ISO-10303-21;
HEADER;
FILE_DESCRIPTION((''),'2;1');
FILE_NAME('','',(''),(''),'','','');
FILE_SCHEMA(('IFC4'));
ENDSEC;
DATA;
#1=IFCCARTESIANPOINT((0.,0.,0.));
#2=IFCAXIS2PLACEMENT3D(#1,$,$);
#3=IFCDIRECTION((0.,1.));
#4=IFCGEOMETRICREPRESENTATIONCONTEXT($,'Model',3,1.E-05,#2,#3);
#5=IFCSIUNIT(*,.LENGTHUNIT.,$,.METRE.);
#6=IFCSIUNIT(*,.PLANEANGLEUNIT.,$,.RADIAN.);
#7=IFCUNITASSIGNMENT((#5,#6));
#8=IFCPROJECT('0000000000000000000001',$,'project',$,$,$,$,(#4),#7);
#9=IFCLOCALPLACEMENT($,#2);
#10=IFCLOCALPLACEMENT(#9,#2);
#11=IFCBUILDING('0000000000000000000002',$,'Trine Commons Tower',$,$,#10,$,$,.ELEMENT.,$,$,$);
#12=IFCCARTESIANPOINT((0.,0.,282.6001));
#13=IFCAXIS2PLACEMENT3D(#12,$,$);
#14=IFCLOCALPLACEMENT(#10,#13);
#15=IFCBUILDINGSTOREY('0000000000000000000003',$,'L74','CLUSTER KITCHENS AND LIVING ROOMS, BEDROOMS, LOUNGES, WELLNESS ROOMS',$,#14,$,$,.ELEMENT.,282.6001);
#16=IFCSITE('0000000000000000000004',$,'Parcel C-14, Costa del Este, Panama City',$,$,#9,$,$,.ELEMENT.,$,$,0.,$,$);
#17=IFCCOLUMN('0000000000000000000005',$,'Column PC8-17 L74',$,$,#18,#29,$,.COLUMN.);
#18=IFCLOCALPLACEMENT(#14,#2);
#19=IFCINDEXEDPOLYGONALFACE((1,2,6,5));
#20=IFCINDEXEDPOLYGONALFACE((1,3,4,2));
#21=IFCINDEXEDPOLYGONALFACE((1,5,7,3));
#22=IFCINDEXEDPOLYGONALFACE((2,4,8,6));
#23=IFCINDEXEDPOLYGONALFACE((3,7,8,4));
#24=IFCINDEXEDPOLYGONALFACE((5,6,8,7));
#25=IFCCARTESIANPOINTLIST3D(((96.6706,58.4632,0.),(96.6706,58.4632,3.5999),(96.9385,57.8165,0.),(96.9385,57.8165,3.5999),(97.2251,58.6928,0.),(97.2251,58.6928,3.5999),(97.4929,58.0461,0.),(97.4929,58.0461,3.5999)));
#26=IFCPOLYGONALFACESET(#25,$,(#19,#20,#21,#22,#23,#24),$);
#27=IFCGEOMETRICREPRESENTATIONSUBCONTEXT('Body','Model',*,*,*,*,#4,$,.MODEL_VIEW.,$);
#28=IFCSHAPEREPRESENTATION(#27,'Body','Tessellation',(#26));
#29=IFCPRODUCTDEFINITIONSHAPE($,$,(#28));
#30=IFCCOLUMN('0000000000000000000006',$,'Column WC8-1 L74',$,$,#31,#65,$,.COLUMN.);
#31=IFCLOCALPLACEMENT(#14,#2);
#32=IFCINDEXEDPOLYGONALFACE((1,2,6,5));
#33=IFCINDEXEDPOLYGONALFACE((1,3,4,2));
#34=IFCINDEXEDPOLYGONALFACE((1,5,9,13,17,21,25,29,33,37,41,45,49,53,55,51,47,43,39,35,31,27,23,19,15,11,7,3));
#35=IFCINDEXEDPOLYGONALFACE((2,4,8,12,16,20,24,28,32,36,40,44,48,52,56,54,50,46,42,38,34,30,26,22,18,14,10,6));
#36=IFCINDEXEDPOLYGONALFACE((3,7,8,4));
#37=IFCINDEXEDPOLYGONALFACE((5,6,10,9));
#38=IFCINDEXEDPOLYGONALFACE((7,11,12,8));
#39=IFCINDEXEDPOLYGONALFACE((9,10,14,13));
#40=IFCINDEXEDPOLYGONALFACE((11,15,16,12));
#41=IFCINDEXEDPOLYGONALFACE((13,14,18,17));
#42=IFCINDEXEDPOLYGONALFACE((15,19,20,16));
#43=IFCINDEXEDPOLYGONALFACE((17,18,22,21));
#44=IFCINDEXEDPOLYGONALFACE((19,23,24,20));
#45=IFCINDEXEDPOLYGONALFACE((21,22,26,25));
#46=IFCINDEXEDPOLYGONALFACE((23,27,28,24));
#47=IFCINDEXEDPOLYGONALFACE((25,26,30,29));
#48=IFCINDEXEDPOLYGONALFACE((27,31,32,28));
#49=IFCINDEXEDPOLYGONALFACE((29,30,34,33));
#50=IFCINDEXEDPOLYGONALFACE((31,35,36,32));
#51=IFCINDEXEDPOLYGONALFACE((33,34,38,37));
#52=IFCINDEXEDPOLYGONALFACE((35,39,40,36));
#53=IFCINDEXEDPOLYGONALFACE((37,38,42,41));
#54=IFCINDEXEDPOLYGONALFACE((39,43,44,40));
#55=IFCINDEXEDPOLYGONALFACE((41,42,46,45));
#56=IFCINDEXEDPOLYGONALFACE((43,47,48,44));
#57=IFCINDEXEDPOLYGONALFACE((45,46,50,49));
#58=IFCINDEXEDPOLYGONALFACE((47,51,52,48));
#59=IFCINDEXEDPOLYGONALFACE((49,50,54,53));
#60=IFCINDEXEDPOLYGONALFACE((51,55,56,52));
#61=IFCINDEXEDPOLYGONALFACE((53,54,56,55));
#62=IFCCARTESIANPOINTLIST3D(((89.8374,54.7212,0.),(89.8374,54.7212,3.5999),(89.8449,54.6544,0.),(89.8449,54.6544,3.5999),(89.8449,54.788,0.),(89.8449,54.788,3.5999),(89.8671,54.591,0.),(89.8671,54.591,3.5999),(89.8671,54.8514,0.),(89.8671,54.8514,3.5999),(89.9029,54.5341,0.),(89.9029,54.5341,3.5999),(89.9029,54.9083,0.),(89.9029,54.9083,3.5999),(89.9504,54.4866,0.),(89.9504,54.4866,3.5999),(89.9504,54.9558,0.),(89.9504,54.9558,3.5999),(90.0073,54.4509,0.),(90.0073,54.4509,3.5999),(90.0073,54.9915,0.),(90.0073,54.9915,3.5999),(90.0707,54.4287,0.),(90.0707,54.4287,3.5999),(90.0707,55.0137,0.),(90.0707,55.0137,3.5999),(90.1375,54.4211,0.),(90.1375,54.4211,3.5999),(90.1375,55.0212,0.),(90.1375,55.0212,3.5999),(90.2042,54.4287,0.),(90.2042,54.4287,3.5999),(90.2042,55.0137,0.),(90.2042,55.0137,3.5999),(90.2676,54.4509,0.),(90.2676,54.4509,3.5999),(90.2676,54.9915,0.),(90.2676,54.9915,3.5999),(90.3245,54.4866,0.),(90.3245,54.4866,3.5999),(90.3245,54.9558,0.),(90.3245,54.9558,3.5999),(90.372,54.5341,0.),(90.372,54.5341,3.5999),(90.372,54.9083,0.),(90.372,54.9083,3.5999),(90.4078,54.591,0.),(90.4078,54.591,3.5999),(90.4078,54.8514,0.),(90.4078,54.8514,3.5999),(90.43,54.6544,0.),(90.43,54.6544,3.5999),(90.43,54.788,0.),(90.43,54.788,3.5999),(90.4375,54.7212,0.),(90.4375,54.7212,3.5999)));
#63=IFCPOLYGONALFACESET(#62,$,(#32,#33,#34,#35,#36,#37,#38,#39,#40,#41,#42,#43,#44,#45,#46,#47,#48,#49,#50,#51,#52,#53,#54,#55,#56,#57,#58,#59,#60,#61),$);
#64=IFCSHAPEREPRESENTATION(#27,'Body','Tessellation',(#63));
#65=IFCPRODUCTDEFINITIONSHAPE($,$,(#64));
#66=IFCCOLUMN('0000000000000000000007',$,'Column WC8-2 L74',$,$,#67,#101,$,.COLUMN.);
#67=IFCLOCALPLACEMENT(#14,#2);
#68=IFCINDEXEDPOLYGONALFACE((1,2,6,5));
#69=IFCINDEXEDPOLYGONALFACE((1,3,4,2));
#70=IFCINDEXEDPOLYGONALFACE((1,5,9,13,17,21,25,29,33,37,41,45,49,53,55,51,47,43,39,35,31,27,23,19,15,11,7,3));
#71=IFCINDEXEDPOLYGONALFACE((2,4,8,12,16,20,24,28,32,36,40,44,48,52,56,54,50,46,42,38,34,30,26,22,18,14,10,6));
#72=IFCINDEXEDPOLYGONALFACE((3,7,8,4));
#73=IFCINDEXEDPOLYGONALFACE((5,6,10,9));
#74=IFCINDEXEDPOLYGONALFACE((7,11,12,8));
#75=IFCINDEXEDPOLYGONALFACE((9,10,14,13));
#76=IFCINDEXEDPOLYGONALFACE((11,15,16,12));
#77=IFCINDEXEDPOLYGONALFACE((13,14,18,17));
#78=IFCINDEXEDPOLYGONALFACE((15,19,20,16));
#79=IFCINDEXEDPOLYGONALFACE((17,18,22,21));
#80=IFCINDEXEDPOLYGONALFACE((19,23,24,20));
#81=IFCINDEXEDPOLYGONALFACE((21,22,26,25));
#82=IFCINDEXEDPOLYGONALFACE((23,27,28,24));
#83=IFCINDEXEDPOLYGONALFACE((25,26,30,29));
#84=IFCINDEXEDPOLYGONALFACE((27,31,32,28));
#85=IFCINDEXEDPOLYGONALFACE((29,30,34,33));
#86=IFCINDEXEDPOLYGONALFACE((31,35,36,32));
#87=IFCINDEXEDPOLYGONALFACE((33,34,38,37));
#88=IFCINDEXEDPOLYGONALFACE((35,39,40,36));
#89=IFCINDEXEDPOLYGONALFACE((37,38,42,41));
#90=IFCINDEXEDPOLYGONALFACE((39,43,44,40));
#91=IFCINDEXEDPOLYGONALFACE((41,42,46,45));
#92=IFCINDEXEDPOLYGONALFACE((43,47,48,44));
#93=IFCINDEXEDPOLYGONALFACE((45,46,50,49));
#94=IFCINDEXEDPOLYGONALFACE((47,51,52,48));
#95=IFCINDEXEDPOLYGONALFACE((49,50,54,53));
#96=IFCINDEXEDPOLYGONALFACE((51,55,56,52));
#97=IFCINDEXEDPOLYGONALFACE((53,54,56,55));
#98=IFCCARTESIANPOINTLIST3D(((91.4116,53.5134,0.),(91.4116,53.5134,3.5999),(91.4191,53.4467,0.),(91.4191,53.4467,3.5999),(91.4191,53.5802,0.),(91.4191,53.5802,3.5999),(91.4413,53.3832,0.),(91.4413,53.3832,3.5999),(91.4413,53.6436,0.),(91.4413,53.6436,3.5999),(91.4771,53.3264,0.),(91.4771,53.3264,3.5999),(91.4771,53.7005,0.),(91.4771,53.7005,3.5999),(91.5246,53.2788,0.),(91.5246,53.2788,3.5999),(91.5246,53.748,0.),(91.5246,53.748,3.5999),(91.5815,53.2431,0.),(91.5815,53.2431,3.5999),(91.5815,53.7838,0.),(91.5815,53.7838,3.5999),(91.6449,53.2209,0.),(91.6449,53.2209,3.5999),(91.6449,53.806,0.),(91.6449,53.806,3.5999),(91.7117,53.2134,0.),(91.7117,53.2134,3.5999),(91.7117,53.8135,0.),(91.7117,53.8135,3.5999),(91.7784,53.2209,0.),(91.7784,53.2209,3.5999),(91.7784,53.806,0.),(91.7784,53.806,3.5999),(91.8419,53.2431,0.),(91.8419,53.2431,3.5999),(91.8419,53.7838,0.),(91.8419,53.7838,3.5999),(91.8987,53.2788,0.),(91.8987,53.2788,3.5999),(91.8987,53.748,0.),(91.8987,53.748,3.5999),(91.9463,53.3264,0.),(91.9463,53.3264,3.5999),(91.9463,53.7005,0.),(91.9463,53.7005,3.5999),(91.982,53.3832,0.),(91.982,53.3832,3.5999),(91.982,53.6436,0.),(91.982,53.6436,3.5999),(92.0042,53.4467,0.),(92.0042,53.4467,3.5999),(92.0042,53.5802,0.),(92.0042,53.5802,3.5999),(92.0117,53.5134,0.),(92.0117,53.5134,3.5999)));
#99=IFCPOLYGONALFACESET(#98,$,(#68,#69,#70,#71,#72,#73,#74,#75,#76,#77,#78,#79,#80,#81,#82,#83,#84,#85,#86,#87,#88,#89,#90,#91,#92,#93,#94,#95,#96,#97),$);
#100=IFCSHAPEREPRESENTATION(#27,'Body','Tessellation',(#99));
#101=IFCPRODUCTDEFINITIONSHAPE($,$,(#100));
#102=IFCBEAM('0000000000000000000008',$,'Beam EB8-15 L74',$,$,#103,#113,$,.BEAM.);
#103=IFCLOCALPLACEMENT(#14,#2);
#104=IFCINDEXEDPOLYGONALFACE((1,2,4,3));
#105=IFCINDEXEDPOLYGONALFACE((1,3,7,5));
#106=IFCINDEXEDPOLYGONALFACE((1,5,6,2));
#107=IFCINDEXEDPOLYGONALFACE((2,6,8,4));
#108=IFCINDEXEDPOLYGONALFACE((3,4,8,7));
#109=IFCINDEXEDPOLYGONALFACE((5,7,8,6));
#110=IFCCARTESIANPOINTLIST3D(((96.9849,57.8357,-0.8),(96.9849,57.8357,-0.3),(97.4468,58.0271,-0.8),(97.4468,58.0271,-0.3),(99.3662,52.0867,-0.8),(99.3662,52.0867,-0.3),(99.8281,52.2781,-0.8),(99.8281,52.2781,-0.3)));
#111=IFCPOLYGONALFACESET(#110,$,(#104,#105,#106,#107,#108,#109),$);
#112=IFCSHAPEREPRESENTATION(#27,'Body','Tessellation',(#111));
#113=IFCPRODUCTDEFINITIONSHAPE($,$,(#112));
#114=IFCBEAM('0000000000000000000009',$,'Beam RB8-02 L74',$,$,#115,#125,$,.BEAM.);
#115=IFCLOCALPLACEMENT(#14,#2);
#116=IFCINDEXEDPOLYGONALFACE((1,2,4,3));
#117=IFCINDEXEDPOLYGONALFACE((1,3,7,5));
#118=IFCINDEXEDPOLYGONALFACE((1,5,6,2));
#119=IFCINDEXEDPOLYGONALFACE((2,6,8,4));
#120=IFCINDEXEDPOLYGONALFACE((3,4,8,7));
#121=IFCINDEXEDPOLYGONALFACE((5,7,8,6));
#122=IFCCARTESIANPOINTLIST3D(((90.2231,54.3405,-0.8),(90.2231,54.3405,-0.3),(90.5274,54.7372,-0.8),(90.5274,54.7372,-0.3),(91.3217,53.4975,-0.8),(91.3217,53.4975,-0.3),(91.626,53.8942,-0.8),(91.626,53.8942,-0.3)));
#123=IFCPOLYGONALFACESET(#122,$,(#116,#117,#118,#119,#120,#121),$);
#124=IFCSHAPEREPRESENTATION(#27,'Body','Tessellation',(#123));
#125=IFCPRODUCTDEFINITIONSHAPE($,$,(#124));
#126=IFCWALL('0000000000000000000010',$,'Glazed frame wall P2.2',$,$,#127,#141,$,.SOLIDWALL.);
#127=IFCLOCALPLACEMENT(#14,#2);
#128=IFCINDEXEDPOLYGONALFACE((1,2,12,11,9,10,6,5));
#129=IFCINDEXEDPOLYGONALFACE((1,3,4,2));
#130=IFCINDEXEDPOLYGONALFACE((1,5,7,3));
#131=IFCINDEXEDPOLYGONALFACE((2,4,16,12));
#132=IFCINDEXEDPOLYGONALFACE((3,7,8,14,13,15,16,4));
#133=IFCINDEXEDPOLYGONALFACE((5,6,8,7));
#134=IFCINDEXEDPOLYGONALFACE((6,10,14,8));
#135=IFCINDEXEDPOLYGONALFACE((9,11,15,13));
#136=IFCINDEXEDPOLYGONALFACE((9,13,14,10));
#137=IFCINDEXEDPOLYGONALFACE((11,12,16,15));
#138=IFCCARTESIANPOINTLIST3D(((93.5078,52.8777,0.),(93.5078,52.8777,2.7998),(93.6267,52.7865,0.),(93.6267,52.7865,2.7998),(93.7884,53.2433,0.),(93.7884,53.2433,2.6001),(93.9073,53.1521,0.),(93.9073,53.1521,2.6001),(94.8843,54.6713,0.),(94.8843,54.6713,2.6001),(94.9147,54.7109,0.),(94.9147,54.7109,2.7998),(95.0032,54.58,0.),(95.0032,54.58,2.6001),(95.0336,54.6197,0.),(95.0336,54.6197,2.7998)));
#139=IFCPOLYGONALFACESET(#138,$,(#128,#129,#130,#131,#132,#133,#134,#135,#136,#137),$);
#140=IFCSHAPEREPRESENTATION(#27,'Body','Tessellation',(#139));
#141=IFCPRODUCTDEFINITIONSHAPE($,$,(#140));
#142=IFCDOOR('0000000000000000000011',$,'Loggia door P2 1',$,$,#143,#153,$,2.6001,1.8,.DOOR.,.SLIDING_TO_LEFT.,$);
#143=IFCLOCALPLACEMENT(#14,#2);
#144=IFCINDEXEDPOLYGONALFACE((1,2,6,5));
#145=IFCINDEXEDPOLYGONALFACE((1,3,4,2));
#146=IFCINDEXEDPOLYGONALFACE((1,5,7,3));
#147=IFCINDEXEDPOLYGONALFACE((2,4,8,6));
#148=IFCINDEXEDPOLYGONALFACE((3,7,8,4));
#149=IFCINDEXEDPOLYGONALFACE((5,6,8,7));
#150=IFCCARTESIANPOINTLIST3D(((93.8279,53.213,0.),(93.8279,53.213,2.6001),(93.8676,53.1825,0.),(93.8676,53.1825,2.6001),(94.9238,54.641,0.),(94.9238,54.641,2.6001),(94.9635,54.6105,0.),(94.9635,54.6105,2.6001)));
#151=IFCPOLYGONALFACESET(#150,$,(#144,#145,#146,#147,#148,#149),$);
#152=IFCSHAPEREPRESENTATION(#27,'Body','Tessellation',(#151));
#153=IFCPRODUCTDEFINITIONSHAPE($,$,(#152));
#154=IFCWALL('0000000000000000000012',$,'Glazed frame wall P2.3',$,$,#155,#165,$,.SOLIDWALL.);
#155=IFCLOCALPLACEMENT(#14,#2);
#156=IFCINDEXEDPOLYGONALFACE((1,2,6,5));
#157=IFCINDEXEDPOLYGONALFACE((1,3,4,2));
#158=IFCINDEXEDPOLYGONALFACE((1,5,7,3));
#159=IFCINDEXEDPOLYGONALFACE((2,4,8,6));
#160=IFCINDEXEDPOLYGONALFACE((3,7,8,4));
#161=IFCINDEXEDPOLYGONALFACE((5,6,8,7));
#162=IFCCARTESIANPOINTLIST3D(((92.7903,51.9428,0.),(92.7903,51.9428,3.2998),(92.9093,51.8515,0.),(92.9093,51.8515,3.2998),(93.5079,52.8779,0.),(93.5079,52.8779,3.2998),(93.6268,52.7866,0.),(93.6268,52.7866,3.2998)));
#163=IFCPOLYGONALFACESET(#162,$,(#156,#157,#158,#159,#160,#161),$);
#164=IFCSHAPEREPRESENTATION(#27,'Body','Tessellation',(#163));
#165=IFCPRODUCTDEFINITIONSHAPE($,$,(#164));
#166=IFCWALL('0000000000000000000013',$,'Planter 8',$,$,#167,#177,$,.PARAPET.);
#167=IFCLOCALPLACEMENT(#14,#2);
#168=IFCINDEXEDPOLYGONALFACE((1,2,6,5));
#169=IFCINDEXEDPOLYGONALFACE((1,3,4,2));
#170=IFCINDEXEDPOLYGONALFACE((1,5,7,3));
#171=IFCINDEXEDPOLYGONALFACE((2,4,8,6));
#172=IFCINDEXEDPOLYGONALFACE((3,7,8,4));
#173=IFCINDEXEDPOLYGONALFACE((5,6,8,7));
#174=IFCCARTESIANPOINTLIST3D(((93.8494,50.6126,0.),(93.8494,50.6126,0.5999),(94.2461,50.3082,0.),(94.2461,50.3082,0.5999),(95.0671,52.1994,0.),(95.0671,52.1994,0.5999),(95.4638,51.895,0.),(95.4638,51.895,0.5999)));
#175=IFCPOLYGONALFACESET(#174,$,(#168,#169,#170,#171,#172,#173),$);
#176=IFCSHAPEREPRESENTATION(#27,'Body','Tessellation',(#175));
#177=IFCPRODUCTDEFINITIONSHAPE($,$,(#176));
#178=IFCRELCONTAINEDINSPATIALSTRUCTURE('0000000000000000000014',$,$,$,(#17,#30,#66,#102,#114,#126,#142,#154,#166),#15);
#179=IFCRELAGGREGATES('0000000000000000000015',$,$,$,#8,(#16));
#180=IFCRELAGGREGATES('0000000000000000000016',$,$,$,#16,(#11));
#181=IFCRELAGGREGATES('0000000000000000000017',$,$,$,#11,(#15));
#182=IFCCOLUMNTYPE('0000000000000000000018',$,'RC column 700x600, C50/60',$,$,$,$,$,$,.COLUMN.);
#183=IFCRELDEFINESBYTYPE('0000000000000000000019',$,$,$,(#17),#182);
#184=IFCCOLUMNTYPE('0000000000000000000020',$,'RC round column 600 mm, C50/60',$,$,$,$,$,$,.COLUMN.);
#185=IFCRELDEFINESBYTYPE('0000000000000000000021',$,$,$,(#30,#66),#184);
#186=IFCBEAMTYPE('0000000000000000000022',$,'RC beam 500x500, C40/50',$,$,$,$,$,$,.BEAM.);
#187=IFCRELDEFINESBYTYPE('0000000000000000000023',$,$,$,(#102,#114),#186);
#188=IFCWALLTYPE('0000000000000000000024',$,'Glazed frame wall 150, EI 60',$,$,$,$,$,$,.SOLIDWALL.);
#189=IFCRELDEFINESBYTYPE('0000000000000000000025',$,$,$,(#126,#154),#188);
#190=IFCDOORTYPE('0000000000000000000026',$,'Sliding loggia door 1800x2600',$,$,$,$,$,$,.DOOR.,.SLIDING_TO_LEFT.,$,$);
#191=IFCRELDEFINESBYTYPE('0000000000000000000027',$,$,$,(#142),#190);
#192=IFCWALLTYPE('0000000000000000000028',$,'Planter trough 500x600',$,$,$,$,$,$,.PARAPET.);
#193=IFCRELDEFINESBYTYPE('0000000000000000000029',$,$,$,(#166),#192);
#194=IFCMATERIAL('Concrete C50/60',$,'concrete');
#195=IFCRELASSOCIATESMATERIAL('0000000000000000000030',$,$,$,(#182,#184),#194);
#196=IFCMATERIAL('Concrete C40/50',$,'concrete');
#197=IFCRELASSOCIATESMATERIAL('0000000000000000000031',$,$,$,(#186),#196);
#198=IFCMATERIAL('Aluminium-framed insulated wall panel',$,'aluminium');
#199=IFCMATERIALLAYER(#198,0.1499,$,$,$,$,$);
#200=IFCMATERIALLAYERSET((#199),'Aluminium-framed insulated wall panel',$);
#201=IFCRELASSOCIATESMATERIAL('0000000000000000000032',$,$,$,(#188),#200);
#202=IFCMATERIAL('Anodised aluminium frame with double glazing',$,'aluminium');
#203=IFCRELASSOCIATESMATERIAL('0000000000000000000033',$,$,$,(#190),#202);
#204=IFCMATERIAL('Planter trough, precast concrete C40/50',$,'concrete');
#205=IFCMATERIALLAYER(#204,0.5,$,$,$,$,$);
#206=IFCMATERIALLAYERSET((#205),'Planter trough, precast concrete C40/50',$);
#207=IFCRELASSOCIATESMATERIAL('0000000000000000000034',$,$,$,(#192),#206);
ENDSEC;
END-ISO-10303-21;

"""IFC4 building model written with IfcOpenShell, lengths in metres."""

from ifc_helpers import new_model, si_unit, direction, frame, frame_2d, origin, origin_2d, place, context, subcontext, project, spatial, polyline, rectangle, circle, outline, extrude, material, layer, layer_set, material_profile, profile_set, type_object, element, fill, save


model = new_model("IFC4")

# Units and contexts
model_context = context("Model", 3, precision=1e-05, world=origin(), true_north=direction((0.0, 1.0)))
body_context = subcontext(model_context, "Body", "Model", "MODEL_VIEW")
ifc_project = project(units=[si_unit("LENGTHUNIT", "METRE"), si_unit("PLANEANGLEUNIT", "RADIAN")], contexts=[model_context])

# Site, building, storey
site_placement = place(None, origin())
site = spatial("IfcSite", under=ifc_project, at=site_placement, Name="Parcel C-14, Costa del Este, Panama City", CompositionType="ELEMENT", RefElevation=0.0)
building_placement = place(site_placement, origin())
building = spatial("IfcBuilding", under=site, at=building_placement, Name="Trine Commons Tower", CompositionType="ELEMENT")
storey_placement = place(building_placement, frame((0.0, 0.0, 282.6001)))
storey = spatial("IfcBuildingStorey", under=building, at=storey_placement, Name="L74", Description="CLUSTER KITCHENS AND LIVING ROOMS, BEDROOMS, LOUNGES, WELLNESS ROOMS", CompositionType="ELEMENT", Elevation=282.6001)

# Columns
ifc_material_1 = material(Name="Concrete C50/60", Category="concrete")
ifc_material_profile_1 = material_profile(ifc_material_1, rectangle(XDim=0.7, YDim=0.6001, at=origin_2d()), Name="RC 700x600")
ifc_profile_set_1 = profile_set([ifc_material_profile_1], Name="Concrete C50/60")
column_type_1 = type_object("IfcColumnType", Name="RC column 700x600, C50/60", PredefinedType="COLUMN", material=ifc_profile_set_1)
column_placement = place(storey_placement, frame((97.0818, 58.2546, 0.0), z_axis=(0.0, 0.0, 1.0), x_axis=(-0.382683, 0.92388, 0.0)))
element("IfcColumn", 1, at=column_placement, inside=storey, type_object=column_type_1, Name="Column PC8-17 L74", PredefinedType="COLUMN", context=body_context, shape_type="SweptSolid", body=[
    extrude(rectangle(XDim=0.7, YDim=0.6001, at=origin_2d()), origin(), (0.0, 0.0, 1.0), 3.5999),
])
ifc_material_profile_2 = material_profile(ifc_material_1, circle(Radius=0.3, at=origin_2d()), Name="RC round 600")
ifc_profile_set_2 = profile_set([ifc_material_profile_2], Name="Concrete C50/60")
column_type_2 = type_object("IfcColumnType", Name="RC round column 600 mm, C50/60", PredefinedType="COLUMN", material=ifc_profile_set_2)
for number, where, z_axis, x_axis, name in (
    (2, (90.1375, 54.7212, 0.0), (0.0, 0.0, 1.0), (1.0, 0.0, 0.0), "Column WC8-1 L74"),
    (3, (91.7117, 53.5134, 0.0), (0.0, 0.0, 1.0), (1.0, 0.0, 0.0), "Column WC8-2 L74"),
):
    element("IfcColumn", number, at=place(storey_placement, frame(where, z_axis=z_axis, x_axis=x_axis)), inside=storey, type_object=column_type_2, Name=name, PredefinedType="COLUMN", context=body_context, shape_type="SweptSolid", body=[
        extrude(circle(Radius=0.3, at=origin_2d()), origin(), (0.0, 0.0, 1.0), 3.5999),
    ])

# Beams
ifc_material_2 = material(Name="Concrete C40/50", Category="concrete")
ifc_material_profile_3 = material_profile(ifc_material_2, rectangle(XDim=0.5, YDim=0.5, at=origin_2d()), Name="RC 500x500")
ifc_profile_set_3 = profile_set([ifc_material_profile_3], Name="Concrete C40/50")
beam_type = type_object("IfcBeamType", Name="RC beam 500x500, C40/50", PredefinedType="BEAM", material=ifc_profile_set_3)
beam_1_placement = place(storey_placement, frame((97.2158, 57.9314, -0.55), z_axis=(0.382687, -0.923878, 0.0), x_axis=(0.923878, 0.382687, 0.0)))
element("IfcBeam", 4, at=beam_1_placement, inside=storey, type_object=beam_type, Name="Beam EB8-15 L74", PredefinedType="BEAM", context=body_context, shape_type="SweptSolid", body=[
    extrude(rectangle(XDim=0.5, YDim=0.5, at=origin_2d()), origin(), (0.0, 0.0, 1.0), 6.2227),
])
beam_2_placement = place(storey_placement, frame((90.3752, 54.5388, -0.55), z_axis=(0.793351, -0.608765, 0.0), x_axis=(0.608765, 0.793351, 0.0)))
element("IfcBeam", 5, at=beam_2_placement, inside=storey, type_object=beam_type, Name="Beam RB8-02 L74", PredefinedType="BEAM", context=body_context, shape_type="SweptSolid", body=[
    extrude(rectangle(XDim=0.5, YDim=0.5, at=origin_2d()), origin(), (0.0, 0.0, 1.0), 1.3848),
])

# Shared definitions
ifc_material_3 = material(Name="Aluminium-framed insulated wall panel", Category="aluminium")
ifc_layer_1 = layer(ifc_material_3, 0.1499)
ifc_layer_set_1 = layer_set([ifc_layer_1], Name="Aluminium-framed insulated wall panel")
wall_type_1 = type_object("IfcWallType", Name="Glazed frame wall 150, EI 60", PredefinedType="SOLIDWALL", material=ifc_layer_set_1)

# Wall, opening, door
wall_1_placement = place(storey_placement, frame((94.9741, 54.6653, 0.0), z_axis=(0.0, 0.0, 1.0), x_axis=(-0.608822, -0.793307, 0.0)))
wall_1 = element("IfcWall", 6, at=wall_1_placement, inside=storey, type_object=wall_type_1, Name="Glazed frame wall P2.2", PredefinedType="SOLIDWALL", context=body_context, shape_type="SweptSolid", body=[
    extrude(outline(polyline([(0.0, -0.075), (2.3108, -0.075), (2.3108, 0.075), (0.0, 0.075), (0.0, -0.075)])), origin(), (0.0, 0.0, 1.0), 2.7998),
])
opening_1_placement = place(wall_1_placement, frame((0.05, 0.0, 0.0)))
opening_1 = element("IfcOpeningElement", 7, at=opening_1_placement, cuts=wall_1, PredefinedType="OPENING", context=body_context, shape_type="SweptSolid", body=[
    extrude(rectangle(XDim=1.8, YDim=2.6001, at=frame_2d((0.8999, 1.3))), frame((0.0, 0.085, 0.0), z_axis=(0.0, -1.0, 0.0), x_axis=(1.0, 0.0, 0.0)), (0.0, 0.0, 1.0), 0.1699),
])
ifc_material_4 = material(Name="Anodised aluminium frame with double glazing", Category="aluminium")
door_type_1 = type_object("IfcDoorType", Name="Sliding loggia door 1800x2600", OperationType="SLIDING_TO_LEFT", PredefinedType="DOOR", material=ifc_material_4)
door_1_placement = place(opening_1_placement, origin())
door_1 = element("IfcDoor", 8, at=door_1_placement, inside=storey, type_object=door_type_1, Name="Loggia door P2 1", OperationType="SLIDING_TO_LEFT", OverallHeight=2.6001, OverallWidth=1.8, PredefinedType="DOOR", context=body_context, shape_type="SweptSolid", body=[
    extrude(rectangle(XDim=1.8, YDim=2.6001, at=frame_2d((0.8999, 1.3))), frame((0.0, 0.0249, 0.0), z_axis=(0.0, -1.0, 0.0), x_axis=(1.0, 0.0, 0.0)), (0.0, 0.0, 1.0), 0.05),
])
fill(opening_1, door_1)

# Walls
wall_2_placement = place(storey_placement, frame((93.5674, 52.8323, 0.0), z_axis=(0.0, 0.0, 1.0), x_axis=(-0.608779, -0.79334, 0.0)))
element("IfcWall", 9, at=wall_2_placement, inside=storey, type_object=wall_type_1, Name="Glazed frame wall P2.3", PredefinedType="SOLIDWALL", context=body_context, shape_type="SweptSolid", body=[
    extrude(outline(polyline([(0.0, -0.075), (1.1787, -0.075), (1.1787, 0.075), (0.0, 0.075), (0.0, -0.075)])), origin(), (0.0, 0.0, 1.0), 3.2998),
])
ifc_material_5 = material(Name="Planter trough, precast concrete C40/50", Category="concrete")
ifc_layer_2 = layer(ifc_material_5, 0.5)
ifc_layer_set_2 = layer_set([ifc_layer_2], Name="Planter trough, precast concrete C40/50")
wall_type_2 = type_object("IfcWallType", Name="Planter trough 500x600", PredefinedType="PARAPET", material=ifc_layer_set_2)
wall_3_placement = place(storey_placement, frame((95.2654, 52.0471, 0.0), z_axis=(0.0, 0.0, 1.0), x_axis=(-0.60879, -0.793331, 0.0)))
element("IfcWall", 10, at=wall_3_placement, inside=storey, type_object=wall_type_2, Name="Planter 8", PredefinedType="PARAPET", context=body_context, shape_type="SweptSolid", body=[
    extrude(rectangle(XDim=2.0002, YDim=0.5, at=frame_2d((1.0, 0.0))), origin(), (0.0, 0.0, 1.0), 0.5999),
])

save(model, "model.ifc")
